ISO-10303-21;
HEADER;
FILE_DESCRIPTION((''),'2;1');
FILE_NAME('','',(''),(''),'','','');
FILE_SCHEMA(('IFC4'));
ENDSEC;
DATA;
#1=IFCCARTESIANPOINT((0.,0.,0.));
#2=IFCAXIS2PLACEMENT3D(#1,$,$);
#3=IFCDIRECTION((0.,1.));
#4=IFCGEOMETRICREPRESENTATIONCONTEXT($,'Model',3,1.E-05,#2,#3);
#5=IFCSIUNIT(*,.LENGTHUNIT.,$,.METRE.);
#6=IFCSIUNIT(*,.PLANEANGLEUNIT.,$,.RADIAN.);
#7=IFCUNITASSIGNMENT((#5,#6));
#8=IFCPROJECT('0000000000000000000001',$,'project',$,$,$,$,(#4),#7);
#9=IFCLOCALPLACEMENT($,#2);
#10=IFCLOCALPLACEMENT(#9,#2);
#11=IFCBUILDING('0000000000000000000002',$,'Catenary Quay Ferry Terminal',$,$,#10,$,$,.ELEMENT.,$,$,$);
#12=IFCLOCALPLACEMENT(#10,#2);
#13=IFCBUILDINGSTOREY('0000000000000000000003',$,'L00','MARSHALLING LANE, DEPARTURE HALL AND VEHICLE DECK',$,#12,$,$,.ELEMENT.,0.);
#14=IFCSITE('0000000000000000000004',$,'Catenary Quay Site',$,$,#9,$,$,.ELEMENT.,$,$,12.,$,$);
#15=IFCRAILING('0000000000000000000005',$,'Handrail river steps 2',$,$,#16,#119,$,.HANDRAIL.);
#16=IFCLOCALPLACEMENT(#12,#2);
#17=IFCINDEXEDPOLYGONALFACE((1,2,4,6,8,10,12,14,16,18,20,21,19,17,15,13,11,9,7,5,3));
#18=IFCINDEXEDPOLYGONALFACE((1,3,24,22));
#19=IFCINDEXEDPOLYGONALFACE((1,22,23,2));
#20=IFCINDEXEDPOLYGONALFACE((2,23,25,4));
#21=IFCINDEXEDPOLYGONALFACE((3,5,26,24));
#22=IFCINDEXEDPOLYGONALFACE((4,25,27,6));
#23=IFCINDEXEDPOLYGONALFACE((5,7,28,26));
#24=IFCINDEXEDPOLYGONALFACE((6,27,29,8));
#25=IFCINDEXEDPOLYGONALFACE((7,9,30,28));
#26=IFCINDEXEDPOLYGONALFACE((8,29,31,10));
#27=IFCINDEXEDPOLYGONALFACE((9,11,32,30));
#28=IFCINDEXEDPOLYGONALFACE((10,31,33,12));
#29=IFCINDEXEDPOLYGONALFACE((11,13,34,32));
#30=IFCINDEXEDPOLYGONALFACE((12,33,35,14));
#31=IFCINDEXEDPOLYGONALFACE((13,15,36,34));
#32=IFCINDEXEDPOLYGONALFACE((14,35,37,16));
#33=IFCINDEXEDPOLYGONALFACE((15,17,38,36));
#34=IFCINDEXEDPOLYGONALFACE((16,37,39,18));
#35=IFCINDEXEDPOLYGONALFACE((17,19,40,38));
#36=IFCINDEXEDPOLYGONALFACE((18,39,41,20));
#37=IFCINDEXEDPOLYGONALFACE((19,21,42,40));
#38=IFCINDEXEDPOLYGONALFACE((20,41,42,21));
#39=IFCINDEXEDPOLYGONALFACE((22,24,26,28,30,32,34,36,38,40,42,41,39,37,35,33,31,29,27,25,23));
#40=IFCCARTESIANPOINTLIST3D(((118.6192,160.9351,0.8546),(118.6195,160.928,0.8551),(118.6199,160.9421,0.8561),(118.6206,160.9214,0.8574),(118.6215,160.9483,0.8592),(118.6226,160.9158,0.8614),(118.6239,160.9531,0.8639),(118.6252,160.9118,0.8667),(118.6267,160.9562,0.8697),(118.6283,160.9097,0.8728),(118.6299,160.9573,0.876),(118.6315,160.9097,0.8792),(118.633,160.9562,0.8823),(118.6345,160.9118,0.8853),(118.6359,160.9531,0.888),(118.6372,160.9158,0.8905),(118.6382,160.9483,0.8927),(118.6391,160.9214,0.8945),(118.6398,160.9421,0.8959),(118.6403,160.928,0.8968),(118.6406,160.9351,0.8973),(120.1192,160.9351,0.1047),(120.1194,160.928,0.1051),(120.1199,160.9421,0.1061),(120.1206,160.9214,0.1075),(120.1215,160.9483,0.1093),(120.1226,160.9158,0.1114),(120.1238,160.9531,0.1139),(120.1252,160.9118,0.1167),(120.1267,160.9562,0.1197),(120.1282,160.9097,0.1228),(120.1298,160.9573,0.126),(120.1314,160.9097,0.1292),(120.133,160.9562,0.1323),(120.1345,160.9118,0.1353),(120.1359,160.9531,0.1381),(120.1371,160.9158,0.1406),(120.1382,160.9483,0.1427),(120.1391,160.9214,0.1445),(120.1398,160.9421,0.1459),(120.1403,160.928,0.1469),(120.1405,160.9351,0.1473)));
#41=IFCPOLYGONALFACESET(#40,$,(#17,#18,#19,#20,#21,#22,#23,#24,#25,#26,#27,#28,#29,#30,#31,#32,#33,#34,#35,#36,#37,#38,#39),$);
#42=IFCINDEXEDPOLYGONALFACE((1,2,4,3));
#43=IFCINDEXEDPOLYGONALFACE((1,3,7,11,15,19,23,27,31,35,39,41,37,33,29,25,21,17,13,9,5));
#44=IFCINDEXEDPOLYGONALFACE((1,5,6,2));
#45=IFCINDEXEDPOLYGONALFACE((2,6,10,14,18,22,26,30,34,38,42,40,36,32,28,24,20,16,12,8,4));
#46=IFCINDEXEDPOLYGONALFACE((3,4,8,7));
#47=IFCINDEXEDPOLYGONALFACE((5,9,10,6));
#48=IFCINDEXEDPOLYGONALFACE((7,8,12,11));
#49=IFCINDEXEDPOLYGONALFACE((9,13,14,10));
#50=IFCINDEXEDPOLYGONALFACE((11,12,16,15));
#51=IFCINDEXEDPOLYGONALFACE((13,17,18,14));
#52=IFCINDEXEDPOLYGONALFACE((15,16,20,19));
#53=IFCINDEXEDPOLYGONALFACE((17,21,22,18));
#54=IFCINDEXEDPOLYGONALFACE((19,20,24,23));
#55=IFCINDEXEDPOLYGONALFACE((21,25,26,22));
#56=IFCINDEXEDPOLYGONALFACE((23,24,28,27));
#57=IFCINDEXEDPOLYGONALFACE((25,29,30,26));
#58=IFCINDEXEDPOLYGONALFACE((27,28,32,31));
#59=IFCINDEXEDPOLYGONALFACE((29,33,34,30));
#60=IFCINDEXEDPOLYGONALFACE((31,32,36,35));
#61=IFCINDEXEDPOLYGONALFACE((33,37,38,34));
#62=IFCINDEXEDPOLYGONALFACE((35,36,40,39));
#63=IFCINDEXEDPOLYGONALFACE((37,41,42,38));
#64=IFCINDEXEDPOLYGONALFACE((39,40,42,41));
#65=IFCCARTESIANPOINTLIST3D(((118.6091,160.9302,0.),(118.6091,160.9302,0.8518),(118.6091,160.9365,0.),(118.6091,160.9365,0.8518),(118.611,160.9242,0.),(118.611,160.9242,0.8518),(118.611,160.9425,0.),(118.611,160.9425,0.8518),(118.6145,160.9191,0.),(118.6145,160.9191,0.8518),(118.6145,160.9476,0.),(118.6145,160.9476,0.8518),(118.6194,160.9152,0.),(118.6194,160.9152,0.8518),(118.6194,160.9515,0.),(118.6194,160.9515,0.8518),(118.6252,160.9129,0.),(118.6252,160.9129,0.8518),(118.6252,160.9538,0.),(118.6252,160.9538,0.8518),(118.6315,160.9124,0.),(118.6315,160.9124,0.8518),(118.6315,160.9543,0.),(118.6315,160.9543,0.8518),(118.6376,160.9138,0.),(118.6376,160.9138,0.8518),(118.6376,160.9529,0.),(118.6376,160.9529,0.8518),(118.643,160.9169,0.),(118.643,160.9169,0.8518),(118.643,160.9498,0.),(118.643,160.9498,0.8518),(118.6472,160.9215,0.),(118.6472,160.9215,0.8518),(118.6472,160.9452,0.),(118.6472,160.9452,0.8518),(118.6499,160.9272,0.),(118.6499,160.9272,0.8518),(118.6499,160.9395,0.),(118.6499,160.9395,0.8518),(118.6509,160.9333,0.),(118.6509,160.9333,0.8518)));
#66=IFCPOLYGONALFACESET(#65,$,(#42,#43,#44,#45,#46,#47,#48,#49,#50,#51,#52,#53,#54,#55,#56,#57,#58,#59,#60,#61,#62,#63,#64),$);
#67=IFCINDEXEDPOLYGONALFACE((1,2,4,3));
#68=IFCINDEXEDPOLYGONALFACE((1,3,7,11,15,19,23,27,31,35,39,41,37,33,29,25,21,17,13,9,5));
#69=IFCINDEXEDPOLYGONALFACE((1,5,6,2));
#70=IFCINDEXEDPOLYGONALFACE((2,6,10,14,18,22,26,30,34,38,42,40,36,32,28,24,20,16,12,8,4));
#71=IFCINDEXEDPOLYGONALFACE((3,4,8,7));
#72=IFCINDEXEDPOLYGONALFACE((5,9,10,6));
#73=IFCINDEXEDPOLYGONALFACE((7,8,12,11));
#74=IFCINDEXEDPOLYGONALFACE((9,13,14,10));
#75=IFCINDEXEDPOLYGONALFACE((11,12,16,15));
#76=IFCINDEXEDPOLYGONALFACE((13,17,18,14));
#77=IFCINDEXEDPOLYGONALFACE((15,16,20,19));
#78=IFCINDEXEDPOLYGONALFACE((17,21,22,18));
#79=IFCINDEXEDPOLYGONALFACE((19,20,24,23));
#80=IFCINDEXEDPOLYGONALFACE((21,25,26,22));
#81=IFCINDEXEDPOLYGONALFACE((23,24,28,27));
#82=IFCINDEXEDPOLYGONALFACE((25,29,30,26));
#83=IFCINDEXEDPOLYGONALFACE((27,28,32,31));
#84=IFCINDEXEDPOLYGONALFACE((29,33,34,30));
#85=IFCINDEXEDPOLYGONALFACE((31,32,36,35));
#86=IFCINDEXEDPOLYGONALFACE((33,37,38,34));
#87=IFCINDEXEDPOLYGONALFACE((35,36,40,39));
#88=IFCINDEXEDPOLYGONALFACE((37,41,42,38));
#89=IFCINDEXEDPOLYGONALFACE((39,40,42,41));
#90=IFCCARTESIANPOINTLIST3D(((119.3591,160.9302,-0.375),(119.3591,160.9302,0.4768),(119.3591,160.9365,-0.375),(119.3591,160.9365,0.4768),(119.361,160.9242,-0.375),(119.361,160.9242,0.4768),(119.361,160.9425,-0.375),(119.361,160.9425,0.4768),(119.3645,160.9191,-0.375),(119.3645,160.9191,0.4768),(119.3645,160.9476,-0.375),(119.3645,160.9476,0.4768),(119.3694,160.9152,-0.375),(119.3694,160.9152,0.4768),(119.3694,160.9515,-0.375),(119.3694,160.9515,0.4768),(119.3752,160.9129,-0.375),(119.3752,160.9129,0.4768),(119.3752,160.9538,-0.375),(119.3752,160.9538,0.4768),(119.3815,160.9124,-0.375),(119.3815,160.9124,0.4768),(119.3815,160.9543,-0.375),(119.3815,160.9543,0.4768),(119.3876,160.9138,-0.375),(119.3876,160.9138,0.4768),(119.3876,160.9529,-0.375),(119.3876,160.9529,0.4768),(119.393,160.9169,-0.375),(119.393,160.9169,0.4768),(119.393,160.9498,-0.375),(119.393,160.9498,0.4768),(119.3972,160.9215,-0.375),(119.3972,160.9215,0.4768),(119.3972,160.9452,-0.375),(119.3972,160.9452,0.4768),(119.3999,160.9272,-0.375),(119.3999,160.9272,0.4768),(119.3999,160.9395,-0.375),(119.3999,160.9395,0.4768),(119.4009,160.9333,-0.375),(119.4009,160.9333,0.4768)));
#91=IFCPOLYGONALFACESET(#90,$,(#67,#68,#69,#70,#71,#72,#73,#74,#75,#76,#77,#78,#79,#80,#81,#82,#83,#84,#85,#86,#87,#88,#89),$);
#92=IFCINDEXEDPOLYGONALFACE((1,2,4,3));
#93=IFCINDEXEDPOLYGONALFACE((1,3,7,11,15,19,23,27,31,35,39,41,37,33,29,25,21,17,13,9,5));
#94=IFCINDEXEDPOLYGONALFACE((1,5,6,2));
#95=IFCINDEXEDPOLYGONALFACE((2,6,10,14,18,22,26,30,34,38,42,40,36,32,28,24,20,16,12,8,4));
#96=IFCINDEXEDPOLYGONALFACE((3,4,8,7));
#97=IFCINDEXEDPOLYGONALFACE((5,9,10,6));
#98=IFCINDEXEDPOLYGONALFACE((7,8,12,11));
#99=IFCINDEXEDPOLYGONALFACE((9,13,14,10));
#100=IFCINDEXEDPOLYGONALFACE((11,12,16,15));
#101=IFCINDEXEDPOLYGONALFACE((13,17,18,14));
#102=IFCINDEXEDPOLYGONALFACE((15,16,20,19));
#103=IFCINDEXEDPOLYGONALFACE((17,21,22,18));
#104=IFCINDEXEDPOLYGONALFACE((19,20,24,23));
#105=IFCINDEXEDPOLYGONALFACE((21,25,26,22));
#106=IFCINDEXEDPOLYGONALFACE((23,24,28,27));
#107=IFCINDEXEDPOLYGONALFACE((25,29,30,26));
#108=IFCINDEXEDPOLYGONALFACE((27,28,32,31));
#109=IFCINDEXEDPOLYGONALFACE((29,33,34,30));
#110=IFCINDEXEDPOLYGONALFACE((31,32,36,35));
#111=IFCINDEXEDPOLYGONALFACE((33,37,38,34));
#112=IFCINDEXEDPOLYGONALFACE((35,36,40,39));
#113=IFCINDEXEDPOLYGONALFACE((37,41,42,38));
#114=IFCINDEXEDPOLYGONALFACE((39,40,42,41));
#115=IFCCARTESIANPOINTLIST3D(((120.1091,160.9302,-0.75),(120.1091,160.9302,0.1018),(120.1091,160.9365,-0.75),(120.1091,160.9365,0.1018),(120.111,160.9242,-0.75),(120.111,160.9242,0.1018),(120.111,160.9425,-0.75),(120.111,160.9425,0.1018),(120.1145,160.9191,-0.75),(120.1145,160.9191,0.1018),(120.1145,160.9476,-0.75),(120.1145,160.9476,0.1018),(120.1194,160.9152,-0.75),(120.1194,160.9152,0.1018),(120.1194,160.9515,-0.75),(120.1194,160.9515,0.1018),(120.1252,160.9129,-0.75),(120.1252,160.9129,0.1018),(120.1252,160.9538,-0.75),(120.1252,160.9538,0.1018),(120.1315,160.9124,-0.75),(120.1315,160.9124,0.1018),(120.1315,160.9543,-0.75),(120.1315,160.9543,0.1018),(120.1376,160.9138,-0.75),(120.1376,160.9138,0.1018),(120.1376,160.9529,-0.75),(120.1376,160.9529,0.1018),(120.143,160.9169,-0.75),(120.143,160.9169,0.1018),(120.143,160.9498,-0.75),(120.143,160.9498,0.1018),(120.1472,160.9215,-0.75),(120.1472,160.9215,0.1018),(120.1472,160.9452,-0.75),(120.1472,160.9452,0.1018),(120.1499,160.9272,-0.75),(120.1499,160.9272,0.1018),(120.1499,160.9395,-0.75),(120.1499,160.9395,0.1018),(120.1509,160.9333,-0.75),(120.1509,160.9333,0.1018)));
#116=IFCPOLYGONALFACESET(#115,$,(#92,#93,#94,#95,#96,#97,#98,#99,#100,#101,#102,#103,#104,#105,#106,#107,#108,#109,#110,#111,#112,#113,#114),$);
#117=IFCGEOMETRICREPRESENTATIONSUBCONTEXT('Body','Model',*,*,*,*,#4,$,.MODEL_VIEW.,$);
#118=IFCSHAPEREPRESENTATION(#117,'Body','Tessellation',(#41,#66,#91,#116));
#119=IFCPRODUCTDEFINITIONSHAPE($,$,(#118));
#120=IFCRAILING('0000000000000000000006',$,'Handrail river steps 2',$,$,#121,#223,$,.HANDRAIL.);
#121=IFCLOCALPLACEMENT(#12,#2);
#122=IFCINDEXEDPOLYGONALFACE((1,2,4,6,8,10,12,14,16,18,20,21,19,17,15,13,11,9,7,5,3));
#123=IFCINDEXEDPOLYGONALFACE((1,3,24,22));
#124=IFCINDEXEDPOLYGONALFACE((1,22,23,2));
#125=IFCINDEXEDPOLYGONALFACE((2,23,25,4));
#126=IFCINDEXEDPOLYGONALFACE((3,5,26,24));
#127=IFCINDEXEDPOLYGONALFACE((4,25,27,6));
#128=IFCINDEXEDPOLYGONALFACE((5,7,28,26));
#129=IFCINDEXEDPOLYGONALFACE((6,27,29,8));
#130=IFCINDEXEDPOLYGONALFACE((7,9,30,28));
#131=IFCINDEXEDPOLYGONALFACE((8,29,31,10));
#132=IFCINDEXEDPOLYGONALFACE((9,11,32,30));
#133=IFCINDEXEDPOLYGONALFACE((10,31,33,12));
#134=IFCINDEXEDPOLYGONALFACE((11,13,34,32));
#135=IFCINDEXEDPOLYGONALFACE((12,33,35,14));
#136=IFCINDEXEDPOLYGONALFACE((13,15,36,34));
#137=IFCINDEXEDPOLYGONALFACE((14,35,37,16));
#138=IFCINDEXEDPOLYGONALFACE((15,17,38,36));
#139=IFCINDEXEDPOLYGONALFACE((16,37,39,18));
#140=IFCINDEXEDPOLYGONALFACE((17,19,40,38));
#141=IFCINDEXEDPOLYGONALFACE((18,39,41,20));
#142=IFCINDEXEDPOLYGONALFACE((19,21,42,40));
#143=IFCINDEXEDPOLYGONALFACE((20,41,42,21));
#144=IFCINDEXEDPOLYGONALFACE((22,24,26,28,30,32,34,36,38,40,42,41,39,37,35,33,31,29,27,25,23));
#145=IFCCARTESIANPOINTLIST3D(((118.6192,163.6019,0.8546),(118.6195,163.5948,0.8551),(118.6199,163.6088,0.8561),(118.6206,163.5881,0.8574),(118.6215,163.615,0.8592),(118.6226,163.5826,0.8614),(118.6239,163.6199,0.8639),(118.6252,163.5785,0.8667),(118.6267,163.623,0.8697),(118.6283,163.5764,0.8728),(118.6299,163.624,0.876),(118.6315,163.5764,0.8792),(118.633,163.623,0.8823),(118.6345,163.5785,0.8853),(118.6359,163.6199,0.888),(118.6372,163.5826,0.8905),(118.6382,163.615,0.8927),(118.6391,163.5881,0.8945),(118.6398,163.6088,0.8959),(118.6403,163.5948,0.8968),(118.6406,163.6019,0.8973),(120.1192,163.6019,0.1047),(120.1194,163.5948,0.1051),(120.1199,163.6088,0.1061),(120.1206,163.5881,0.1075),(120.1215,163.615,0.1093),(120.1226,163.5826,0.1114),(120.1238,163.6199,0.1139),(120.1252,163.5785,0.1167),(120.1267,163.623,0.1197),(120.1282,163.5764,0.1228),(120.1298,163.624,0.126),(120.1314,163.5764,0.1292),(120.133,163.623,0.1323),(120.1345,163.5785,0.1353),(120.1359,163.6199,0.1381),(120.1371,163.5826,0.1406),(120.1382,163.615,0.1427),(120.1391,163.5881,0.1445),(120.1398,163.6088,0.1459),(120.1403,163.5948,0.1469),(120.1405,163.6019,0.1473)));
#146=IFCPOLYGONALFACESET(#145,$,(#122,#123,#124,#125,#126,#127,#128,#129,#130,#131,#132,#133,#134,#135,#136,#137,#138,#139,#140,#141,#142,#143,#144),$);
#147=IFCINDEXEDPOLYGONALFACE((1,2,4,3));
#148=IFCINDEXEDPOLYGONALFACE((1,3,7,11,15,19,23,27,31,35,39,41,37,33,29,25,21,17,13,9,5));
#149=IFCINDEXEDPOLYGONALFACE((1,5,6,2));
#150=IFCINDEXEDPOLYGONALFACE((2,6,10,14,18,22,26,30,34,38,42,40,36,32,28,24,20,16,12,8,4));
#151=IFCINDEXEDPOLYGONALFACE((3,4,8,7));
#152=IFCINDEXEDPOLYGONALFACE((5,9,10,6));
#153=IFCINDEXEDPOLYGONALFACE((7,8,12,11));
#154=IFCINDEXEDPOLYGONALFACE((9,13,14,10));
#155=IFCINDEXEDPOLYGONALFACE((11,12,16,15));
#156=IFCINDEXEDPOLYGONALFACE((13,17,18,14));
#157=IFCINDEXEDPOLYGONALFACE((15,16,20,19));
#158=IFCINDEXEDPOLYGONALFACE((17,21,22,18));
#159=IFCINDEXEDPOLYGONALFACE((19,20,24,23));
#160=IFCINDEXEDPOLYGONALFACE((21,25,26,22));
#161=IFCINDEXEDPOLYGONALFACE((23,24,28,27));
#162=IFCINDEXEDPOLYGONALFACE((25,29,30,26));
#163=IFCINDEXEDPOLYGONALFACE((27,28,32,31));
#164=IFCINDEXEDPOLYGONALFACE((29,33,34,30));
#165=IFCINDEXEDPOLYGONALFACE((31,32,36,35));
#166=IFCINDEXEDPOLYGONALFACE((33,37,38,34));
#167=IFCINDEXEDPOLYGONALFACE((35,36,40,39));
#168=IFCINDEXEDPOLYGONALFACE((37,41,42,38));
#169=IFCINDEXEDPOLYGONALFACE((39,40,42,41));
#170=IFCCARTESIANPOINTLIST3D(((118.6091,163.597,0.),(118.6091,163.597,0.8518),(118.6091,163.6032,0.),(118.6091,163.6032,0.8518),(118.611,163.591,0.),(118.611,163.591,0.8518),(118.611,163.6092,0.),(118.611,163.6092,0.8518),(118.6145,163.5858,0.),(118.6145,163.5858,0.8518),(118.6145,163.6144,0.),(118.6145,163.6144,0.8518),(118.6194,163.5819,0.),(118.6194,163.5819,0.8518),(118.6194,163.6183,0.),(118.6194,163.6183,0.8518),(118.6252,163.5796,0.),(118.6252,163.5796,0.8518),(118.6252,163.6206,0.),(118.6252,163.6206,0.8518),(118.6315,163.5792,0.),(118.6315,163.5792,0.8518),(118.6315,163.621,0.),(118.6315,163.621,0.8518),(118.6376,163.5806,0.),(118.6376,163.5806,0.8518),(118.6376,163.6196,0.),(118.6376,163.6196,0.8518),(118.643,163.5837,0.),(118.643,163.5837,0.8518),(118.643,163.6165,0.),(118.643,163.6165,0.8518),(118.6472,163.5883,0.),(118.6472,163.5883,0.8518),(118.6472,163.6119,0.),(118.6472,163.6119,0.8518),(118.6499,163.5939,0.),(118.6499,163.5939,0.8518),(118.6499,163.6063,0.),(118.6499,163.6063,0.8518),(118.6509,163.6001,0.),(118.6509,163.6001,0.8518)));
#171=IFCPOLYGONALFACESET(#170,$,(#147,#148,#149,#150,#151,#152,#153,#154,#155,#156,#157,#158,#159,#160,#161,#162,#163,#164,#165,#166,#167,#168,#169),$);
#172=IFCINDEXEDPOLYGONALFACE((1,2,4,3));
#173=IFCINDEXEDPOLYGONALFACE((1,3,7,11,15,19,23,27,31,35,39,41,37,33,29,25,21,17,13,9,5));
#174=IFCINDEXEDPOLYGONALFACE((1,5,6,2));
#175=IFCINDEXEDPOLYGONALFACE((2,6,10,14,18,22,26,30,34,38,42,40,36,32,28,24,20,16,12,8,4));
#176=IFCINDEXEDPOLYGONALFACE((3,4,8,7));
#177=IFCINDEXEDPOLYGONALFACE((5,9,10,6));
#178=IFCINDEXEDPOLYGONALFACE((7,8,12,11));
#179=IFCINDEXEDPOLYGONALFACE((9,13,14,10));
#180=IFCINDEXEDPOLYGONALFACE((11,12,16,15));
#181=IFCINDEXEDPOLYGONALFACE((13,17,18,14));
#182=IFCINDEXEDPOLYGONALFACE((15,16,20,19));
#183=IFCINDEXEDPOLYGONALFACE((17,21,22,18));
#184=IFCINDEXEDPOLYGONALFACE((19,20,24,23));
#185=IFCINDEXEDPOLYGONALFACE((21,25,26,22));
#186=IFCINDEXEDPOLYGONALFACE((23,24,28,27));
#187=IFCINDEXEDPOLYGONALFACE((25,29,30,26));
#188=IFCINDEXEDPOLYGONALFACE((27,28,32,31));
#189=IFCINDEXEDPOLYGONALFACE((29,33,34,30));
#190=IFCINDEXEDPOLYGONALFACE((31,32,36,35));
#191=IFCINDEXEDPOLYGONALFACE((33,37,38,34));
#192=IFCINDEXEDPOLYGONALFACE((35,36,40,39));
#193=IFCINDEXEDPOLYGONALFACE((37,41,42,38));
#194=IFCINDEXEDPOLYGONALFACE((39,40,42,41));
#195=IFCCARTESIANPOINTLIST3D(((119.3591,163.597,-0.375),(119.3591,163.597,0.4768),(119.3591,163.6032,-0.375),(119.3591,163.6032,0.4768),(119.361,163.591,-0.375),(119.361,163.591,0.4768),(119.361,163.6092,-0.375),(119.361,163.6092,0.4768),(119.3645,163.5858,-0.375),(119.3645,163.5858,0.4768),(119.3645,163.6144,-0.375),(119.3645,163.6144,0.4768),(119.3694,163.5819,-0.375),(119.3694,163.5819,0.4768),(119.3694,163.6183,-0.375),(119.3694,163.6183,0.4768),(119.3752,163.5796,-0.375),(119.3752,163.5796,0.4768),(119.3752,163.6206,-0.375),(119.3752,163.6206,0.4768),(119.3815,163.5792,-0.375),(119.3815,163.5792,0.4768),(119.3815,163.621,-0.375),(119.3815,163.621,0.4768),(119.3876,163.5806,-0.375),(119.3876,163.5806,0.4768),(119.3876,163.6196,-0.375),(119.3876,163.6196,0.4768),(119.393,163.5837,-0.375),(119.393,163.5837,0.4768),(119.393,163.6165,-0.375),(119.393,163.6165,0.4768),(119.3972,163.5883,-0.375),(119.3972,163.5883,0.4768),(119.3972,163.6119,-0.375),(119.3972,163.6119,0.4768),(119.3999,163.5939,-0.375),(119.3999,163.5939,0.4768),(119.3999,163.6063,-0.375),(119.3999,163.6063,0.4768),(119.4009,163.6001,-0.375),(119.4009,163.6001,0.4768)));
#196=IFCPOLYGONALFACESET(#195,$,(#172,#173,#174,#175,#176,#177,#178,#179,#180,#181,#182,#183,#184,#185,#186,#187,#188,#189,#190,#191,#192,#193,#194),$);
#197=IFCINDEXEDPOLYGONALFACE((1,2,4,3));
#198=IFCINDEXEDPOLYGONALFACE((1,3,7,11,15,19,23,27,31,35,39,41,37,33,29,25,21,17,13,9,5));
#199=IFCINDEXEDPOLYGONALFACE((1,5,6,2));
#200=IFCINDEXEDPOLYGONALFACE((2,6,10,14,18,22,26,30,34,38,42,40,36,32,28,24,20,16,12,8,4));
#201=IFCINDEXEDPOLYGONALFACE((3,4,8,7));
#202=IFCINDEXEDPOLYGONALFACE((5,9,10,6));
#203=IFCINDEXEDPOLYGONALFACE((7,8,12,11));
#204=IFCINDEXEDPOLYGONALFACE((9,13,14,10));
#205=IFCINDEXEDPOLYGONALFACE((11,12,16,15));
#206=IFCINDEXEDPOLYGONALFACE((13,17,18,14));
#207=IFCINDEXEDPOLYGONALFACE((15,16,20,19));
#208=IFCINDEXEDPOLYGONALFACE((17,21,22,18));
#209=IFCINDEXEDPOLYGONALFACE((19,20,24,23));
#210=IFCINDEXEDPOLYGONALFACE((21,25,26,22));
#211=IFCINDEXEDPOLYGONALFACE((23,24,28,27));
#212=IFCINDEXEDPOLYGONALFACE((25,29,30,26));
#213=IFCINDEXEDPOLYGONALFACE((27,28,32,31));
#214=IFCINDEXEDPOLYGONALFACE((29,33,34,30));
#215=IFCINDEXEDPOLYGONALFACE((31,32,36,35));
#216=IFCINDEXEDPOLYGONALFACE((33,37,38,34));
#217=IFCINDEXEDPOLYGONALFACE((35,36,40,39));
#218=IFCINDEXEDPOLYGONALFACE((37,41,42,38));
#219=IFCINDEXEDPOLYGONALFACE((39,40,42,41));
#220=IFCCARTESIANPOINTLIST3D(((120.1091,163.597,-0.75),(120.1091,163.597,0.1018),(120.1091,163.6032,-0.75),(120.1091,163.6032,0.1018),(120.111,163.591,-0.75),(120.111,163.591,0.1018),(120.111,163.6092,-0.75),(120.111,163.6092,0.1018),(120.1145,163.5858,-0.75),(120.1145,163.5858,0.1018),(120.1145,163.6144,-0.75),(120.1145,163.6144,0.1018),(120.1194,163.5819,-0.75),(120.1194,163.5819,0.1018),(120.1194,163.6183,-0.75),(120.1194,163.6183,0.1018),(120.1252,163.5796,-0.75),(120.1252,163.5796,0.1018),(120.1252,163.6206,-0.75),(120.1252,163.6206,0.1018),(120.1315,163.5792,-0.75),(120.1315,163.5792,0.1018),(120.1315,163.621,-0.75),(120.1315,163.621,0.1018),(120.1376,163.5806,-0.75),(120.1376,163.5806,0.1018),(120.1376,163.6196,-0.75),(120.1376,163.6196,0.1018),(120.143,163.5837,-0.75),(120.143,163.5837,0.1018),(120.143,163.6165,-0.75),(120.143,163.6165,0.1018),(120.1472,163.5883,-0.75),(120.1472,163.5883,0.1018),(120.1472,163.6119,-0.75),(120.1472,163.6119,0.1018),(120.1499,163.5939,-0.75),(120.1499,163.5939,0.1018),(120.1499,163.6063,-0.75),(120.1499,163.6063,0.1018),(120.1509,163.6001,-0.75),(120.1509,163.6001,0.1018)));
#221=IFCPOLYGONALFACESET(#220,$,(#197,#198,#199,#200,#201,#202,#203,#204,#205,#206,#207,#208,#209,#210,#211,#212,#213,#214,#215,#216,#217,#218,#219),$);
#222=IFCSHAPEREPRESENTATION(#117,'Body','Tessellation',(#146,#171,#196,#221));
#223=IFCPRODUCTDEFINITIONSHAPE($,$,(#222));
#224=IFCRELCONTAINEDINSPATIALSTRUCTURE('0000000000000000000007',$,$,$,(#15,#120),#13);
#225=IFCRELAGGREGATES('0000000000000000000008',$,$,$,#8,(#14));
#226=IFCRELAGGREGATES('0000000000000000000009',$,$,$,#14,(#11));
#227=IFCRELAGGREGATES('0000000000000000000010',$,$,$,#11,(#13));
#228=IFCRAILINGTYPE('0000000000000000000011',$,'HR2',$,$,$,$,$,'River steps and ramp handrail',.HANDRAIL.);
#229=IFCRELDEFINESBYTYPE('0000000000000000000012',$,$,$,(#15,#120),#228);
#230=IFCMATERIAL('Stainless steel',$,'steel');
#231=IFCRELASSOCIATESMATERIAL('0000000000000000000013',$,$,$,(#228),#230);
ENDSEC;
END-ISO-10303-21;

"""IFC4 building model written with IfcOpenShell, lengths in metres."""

from ifc_helpers import new_model, si_unit, direction, frame, origin, origin_2d, place, context, subcontext, project, spatial, circle, extrude, material, type_object, element, save


model = new_model("IFC4")

# Units and contexts
model_context = context("Model", 3, precision=1e-05, world=origin(), true_north=direction((0.0, 1.0)))
body_context = subcontext(model_context, "Body", "Model", "MODEL_VIEW")
ifc_project = project(units=[si_unit("LENGTHUNIT", "METRE"), si_unit("PLANEANGLEUNIT", "RADIAN")], contexts=[model_context])

# Site, building, storey
site_placement = place(None, origin())
site = spatial("IfcSite", under=ifc_project, at=site_placement, Name="Catenary Quay Site", CompositionType="ELEMENT", RefElevation=12.0)
building_placement = place(site_placement, origin())
building = spatial("IfcBuilding", under=site, at=building_placement, Name="Catenary Quay Ferry Terminal", CompositionType="ELEMENT")
storey_placement = place(building_placement, origin())
storey = spatial("IfcBuildingStorey", under=building, at=storey_placement, Name="L00", Description="MARSHALLING LANE, DEPARTURE HALL AND VEHICLE DECK", CompositionType="ELEMENT", Elevation=0.0)

# Railings
ifc_material_1 = material(Name="Stainless steel", Category="steel")
railing_type_1 = type_object("IfcRailingType", Name="HR2", ElementType="River steps and ramp handrail", PredefinedType="HANDRAIL", material=ifc_material_1)
for number, where, name in (
    (1, (118.6299, 160.9333, 0.0), "Handrail river steps 2"),
    (2, (118.6299, 163.6001, 0.0), "Handrail river steps 2"),
):
    element("IfcRailing", number, at=place(storey_placement, frame(where)), inside=storey, type_object=railing_type_1, Name=name, PredefinedType="HANDRAIL", context=body_context, shape_type="SweptSolid", body=[
        extrude(circle(Radius=0.0239, at=origin_2d()), frame((0.0, 0.0, 0.876), z_axis=(0.894427, 0.0, -0.447214), x_axis=(0.0, 1.0, 0.0)), (0.0, 0.0, 1.0), 1.677),
        extrude(circle(Radius=0.021, at=origin_2d()), origin(), (0.0, 0.0, 1.0), 0.8518),
        extrude(circle(Radius=0.021, at=origin_2d()), frame((0.75, 0.0, -0.375)), (0.0, 0.0, 1.0), 0.8518),
        extrude(circle(Radius=0.021, at=origin_2d()), frame((1.5, 0.0, -0.75)), (0.0, 0.0, 1.0), 0.8518),
    ])

save(model, "model.ifc")
